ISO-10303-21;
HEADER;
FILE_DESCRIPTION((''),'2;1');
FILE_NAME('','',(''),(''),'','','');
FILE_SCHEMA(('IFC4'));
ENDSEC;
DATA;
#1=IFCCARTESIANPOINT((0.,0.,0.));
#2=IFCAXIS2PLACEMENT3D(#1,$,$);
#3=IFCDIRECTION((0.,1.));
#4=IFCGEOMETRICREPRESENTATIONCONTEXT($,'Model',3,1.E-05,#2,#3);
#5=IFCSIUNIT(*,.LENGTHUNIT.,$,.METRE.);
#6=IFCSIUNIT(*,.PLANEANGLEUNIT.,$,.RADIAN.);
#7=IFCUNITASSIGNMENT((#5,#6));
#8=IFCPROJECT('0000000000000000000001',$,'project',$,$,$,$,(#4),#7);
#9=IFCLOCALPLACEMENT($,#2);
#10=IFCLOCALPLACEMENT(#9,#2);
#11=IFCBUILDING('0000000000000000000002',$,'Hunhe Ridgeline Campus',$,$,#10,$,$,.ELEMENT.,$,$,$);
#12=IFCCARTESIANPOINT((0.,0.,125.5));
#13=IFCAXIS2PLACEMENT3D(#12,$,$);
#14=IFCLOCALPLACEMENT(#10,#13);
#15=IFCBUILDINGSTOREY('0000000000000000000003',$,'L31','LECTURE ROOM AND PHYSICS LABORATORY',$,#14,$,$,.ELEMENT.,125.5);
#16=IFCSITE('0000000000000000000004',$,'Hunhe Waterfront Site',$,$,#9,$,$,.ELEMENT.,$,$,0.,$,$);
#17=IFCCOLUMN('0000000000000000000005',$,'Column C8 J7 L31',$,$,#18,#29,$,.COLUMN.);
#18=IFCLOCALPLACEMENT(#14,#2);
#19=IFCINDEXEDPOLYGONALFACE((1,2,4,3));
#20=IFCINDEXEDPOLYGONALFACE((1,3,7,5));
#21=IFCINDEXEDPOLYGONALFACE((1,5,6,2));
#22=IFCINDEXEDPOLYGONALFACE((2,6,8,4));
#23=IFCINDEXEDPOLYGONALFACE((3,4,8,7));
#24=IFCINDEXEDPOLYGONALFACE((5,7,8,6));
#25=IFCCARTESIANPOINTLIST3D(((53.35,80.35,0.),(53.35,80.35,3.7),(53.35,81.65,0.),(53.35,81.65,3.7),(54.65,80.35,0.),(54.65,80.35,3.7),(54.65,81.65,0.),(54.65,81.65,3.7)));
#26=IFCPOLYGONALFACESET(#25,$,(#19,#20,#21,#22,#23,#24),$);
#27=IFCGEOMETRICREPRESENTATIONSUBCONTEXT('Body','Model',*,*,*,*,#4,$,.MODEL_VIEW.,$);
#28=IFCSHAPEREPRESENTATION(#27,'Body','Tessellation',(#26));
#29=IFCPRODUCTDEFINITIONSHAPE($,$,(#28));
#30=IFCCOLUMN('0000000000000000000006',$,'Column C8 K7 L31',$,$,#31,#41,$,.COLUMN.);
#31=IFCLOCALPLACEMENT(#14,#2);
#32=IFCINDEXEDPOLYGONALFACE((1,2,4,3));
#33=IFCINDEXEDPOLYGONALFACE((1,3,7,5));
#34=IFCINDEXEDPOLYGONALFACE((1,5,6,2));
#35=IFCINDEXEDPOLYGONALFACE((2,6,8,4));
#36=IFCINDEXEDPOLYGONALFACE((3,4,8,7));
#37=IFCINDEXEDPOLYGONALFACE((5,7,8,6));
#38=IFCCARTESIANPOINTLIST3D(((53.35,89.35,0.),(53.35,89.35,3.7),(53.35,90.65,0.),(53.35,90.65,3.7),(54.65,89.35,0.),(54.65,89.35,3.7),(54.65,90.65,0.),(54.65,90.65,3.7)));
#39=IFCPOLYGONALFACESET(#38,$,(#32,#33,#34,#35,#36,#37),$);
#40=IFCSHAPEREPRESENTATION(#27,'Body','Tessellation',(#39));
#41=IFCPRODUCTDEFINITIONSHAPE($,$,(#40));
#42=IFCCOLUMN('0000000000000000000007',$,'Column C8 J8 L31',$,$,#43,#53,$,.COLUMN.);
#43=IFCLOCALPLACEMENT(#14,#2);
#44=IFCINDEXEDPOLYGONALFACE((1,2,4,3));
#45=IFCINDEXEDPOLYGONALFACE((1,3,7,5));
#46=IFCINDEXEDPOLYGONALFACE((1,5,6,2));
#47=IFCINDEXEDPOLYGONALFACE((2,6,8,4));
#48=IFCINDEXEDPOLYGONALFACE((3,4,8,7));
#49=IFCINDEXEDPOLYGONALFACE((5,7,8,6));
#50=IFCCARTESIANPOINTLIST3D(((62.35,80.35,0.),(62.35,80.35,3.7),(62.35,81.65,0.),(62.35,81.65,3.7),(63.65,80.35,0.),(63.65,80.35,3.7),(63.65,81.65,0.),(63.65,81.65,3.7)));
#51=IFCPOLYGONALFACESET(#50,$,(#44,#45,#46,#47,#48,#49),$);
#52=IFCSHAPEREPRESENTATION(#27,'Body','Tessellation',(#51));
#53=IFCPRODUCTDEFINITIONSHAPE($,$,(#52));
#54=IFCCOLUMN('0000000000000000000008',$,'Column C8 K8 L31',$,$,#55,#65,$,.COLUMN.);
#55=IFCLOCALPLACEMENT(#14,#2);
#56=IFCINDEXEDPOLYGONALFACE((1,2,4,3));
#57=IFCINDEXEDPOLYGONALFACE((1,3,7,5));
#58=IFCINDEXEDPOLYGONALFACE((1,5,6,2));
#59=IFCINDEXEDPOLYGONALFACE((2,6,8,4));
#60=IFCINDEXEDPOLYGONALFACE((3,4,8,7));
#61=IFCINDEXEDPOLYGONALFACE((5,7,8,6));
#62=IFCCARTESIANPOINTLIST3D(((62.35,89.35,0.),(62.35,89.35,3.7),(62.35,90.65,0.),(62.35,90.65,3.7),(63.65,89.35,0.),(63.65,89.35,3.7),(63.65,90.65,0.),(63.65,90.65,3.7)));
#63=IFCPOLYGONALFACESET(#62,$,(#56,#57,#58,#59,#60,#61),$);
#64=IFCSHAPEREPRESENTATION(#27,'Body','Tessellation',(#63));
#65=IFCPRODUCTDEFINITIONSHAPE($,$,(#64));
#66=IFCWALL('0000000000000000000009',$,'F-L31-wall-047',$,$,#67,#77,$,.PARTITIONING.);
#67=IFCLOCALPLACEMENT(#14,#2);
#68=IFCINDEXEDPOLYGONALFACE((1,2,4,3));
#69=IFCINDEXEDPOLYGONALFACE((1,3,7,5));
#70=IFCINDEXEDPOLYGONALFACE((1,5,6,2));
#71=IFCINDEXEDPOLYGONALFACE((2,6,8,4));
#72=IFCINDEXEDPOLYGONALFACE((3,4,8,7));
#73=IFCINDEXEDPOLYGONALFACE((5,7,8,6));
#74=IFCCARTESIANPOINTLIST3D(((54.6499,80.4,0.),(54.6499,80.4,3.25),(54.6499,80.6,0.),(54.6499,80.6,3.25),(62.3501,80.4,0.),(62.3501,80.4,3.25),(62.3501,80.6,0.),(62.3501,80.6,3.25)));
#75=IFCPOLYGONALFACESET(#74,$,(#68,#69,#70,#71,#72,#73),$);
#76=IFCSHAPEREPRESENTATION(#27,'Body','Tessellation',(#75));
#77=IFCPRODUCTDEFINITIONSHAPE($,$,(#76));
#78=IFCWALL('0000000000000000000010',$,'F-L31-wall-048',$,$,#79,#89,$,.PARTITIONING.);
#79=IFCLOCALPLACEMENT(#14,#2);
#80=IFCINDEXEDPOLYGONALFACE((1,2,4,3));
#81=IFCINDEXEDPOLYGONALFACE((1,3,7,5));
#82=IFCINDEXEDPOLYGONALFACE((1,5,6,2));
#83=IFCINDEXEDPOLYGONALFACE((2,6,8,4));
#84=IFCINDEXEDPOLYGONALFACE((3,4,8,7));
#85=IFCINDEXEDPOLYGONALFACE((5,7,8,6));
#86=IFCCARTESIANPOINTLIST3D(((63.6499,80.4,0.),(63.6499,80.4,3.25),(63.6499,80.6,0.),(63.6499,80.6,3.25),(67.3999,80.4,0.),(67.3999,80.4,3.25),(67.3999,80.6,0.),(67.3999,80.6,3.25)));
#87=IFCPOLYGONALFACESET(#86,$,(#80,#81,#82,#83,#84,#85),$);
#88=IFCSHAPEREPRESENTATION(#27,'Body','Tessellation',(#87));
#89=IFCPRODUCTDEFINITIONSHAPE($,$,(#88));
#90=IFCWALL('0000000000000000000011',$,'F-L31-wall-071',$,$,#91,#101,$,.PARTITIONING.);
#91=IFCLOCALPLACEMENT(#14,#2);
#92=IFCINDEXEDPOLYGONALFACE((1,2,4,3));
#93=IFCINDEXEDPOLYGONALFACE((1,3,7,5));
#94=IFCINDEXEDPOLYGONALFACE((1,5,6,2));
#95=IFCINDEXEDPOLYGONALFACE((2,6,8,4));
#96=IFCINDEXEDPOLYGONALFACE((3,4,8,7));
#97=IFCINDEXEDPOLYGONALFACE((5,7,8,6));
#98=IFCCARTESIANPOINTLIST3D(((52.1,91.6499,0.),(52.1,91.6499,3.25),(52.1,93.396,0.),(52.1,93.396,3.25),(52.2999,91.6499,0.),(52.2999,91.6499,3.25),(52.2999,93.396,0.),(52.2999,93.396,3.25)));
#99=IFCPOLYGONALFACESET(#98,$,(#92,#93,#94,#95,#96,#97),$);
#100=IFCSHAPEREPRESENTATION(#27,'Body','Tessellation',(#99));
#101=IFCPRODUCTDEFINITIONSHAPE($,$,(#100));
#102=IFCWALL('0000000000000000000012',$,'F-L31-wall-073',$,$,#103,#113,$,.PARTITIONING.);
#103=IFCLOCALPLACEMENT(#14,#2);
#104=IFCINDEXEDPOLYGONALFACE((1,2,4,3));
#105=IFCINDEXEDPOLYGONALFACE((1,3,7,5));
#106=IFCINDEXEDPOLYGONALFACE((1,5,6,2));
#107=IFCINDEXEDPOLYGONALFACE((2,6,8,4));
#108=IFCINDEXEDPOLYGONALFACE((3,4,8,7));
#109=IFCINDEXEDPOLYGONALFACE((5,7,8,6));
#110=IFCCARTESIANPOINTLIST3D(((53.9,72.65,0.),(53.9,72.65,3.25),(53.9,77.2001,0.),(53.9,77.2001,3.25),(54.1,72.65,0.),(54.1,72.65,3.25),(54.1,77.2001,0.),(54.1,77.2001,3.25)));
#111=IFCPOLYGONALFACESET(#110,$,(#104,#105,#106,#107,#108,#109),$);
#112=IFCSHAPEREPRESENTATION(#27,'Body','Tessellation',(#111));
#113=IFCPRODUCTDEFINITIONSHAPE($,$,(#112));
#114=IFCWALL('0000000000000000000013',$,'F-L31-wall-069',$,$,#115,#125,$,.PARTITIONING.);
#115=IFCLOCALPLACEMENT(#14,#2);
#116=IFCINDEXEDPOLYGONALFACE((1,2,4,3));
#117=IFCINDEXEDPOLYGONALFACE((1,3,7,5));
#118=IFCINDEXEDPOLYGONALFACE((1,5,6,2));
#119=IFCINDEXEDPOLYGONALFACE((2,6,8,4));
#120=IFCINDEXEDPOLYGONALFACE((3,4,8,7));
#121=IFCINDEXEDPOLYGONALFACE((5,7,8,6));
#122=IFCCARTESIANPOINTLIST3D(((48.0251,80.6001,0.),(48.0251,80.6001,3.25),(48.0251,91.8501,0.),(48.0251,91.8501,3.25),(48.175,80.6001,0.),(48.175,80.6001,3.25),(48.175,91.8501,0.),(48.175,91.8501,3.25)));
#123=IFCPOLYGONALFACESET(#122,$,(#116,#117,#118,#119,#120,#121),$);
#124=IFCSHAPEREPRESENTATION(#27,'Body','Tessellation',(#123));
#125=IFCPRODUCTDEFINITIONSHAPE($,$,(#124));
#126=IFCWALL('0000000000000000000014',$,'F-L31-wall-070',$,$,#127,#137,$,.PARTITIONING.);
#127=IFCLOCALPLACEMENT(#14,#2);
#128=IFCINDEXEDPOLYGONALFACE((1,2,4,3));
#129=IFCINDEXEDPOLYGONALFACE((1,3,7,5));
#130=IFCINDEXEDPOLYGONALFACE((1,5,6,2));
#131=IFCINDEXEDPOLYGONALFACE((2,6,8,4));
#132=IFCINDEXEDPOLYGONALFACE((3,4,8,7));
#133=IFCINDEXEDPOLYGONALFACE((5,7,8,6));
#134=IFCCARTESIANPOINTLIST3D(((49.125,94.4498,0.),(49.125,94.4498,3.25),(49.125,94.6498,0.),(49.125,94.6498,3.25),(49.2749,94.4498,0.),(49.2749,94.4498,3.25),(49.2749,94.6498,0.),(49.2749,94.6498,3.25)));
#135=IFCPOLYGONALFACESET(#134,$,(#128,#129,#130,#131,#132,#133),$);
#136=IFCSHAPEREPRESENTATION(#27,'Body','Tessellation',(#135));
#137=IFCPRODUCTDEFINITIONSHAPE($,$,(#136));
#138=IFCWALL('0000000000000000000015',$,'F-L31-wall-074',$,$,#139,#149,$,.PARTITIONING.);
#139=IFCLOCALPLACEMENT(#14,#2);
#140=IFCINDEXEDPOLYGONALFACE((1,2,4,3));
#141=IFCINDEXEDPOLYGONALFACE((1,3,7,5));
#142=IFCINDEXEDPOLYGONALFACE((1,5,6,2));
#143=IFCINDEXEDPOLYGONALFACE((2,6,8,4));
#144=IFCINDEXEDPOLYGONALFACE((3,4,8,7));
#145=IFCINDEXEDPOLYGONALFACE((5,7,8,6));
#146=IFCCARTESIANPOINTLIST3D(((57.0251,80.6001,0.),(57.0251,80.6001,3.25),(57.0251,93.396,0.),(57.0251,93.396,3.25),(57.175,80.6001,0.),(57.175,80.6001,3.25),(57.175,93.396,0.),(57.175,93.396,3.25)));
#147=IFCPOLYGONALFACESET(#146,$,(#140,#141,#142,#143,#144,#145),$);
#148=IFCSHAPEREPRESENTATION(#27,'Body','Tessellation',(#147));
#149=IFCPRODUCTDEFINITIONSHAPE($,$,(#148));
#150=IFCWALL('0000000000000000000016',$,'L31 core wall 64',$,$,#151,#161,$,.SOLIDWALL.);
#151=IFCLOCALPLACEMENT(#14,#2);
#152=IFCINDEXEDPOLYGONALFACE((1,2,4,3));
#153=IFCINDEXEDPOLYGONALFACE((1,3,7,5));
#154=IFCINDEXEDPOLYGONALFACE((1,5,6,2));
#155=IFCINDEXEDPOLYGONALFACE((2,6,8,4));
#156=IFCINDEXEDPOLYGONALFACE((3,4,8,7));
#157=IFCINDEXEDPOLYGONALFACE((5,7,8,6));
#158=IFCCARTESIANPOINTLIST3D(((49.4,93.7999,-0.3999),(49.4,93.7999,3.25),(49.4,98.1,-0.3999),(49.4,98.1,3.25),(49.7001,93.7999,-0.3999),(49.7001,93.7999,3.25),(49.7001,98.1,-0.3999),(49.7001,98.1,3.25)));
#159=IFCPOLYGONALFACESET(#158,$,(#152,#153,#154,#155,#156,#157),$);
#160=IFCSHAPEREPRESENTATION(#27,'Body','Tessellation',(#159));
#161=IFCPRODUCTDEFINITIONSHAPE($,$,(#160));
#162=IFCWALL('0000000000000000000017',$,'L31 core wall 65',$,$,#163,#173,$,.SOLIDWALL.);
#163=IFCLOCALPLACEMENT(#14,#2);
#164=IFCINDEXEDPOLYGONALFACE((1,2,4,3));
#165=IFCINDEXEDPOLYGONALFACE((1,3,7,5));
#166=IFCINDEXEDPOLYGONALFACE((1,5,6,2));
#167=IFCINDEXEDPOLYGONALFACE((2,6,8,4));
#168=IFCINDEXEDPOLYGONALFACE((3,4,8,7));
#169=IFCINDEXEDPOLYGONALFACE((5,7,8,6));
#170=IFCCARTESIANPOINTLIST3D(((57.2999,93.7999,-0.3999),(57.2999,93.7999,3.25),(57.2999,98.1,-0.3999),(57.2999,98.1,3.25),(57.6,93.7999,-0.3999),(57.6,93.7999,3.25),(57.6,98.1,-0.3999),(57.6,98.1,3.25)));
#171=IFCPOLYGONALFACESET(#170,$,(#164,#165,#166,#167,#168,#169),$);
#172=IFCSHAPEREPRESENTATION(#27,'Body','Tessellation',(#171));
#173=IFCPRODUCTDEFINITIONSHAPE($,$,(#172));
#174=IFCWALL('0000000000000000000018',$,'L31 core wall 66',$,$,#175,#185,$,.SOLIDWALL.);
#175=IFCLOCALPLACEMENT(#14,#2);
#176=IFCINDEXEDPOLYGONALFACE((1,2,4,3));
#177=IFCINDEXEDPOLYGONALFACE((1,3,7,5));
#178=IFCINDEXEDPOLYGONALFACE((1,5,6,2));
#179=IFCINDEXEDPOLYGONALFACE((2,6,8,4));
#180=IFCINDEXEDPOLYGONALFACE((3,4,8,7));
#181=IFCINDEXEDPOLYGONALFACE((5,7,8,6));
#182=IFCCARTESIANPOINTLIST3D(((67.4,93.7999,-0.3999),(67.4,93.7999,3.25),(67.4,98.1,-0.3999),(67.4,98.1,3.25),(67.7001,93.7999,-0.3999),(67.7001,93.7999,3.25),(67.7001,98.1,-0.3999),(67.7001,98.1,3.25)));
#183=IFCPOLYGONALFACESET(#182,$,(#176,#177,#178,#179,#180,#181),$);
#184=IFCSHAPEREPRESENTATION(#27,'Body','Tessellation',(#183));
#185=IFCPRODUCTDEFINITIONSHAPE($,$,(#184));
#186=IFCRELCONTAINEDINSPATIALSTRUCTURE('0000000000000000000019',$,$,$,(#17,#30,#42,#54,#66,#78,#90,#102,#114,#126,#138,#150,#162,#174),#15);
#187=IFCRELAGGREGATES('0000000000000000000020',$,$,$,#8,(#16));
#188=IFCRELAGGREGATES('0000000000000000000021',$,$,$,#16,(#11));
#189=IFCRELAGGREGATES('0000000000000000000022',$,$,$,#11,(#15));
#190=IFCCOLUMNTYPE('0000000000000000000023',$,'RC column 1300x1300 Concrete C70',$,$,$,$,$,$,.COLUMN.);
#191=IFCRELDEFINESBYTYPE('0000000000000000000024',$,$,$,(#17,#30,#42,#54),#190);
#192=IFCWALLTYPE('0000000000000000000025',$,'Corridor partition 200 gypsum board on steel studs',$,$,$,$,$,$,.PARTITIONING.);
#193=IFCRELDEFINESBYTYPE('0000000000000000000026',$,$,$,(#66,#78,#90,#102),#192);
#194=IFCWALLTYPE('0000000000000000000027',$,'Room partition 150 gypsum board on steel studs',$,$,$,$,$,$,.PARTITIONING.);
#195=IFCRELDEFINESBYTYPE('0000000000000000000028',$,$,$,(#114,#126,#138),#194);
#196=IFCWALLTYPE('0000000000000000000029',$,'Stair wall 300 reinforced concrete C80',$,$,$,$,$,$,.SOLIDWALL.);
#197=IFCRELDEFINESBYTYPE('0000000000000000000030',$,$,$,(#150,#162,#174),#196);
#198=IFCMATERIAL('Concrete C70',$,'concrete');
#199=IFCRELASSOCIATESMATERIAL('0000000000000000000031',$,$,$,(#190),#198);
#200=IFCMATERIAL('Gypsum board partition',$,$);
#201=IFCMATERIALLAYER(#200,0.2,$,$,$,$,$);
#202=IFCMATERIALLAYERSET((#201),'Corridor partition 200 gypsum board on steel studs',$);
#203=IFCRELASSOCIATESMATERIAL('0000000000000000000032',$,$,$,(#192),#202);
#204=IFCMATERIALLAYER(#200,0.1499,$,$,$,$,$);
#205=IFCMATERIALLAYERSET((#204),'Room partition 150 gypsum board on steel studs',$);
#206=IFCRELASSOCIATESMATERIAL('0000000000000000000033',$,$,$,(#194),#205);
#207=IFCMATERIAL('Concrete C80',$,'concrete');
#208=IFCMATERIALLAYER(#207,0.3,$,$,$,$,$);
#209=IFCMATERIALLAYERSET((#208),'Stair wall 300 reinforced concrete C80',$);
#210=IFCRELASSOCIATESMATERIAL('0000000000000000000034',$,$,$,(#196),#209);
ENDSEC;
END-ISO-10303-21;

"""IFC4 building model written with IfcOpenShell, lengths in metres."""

from ifc_helpers import new_model, si_unit, direction, frame, frame_2d, origin, origin_2d, place, context, subcontext, project, spatial, rectangle, extrude, material, layer, layer_set, material_profile, profile_set, type_object, element, save


model = new_model("IFC4")

# Units and contexts
model_context = context("Model", 3, precision=1e-05, world=origin(), true_north=direction((0.0, 1.0)))
body_context = subcontext(model_context, "Body", "Model", "MODEL_VIEW")
ifc_project = project(units=[si_unit("LENGTHUNIT", "METRE"), si_unit("PLANEANGLEUNIT", "RADIAN")], contexts=[model_context])

# Site, building, storey
site_placement = place(None, origin())
site = spatial("IfcSite", under=ifc_project, at=site_placement, Name="Hunhe Waterfront Site", CompositionType="ELEMENT", RefElevation=0.0)
building_placement = place(site_placement, origin())
building = spatial("IfcBuilding", under=site, at=building_placement, Name="Hunhe Ridgeline Campus", CompositionType="ELEMENT")
storey_placement = place(building_placement, frame((0.0, 0.0, 125.5)))
storey = spatial("IfcBuildingStorey", under=building, at=storey_placement, Name="L31", Description="LECTURE ROOM AND PHYSICS LABORATORY", CompositionType="ELEMENT", Elevation=125.5)

# Columns
ifc_material_1 = material(Name="Concrete C70", Category="concrete")
ifc_material_profile = material_profile(ifc_material_1, rectangle(XDim=1.3, YDim=1.3, at=origin_2d()))
ifc_profile_set = profile_set([ifc_material_profile], Name="Concrete C70")
column_type = type_object("IfcColumnType", Name="RC column 1300x1300 Concrete C70", PredefinedType="COLUMN", material=ifc_profile_set)
for number, where, z_axis, x_axis, name in (
    (1, (54.0, 81.0, 0.0), (0.0, 0.0, 1.0), (1.0, 0.0, 0.0), "Column C8 J7 L31"),
    (2, (54.0, 90.0, 0.0), (0.0, 0.0, 1.0), (1.0, 0.0, 0.0), "Column C8 K7 L31"),
    (3, (63.0, 81.0, 0.0), (0.0, 0.0, 1.0), (1.0, 0.0, 0.0), "Column C8 J8 L31"),
    (4, (63.0, 90.0, 0.0), (0.0, 0.0, 1.0), (1.0, 0.0, 0.0), "Column C8 K8 L31"),
):
    element("IfcColumn", number, at=place(storey_placement, frame(where, z_axis=z_axis, x_axis=x_axis)), inside=storey, type_object=column_type, Name=name, PredefinedType="COLUMN", context=body_context, shape_type="SweptSolid", body=[
        extrude(rectangle(XDim=1.3, YDim=1.3, at=origin_2d()), origin(), (0.0, 0.0, 1.0), 3.7),
    ])

# Shared definitions
ifc_material_2 = material(Name="Gypsum board partition")
ifc_layer_1 = layer(ifc_material_2, 0.2)
ifc_layer_set_1 = layer_set([ifc_layer_1], Name="Corridor partition 200 gypsum board on steel studs")
wall_type_1 = type_object("IfcWallType", Name="Corridor partition 200 gypsum board on steel studs", PredefinedType="PARTITIONING", material=ifc_layer_set_1)

# Walls
wall_1_placement = place(storey_placement, frame((54.6499, 80.5, 0.0), z_axis=(0.0, 0.0, 1.0), x_axis=(1.0, 0.0, 0.0)))
element("IfcWall", 5, at=wall_1_placement, inside=storey, type_object=wall_type_1, Name="F-L31-wall-047", PredefinedType="PARTITIONING", context=body_context, shape_type="SweptSolid", body=[
    extrude(rectangle(XDim=7.7002, YDim=0.2, at=frame_2d((3.8501, 0.0))), origin(), (0.0, 0.0, 1.0), 3.25),
])
wall_2_placement = place(storey_placement, frame((63.6499, 80.5, 0.0), z_axis=(0.0, 0.0, 1.0), x_axis=(1.0, 0.0, 0.0)))
element("IfcWall", 6, at=wall_2_placement, inside=storey, type_object=wall_type_1, Name="F-L31-wall-048", PredefinedType="PARTITIONING", context=body_context, shape_type="SweptSolid", body=[
    extrude(rectangle(XDim=3.75, YDim=0.2, at=frame_2d((1.875, 0.0))), origin(), (0.0, 0.0, 1.0), 3.25),
])

# Walls
wall_3_placement = place(storey_placement, frame((52.2, 93.396, 0.0), z_axis=(0.0, 0.0, 1.0), x_axis=(0.0, -1.0, 0.0)))
element("IfcWall", 7, at=wall_3_placement, inside=storey, type_object=wall_type_1, Name="F-L31-wall-071", PredefinedType="PARTITIONING", context=body_context, shape_type="SweptSolid", body=[
    extrude(rectangle(XDim=1.7461, YDim=0.2, at=frame_2d((0.873, 0.0))), origin(), (0.0, 0.0, 1.0), 3.25),
])
wall_4_placement = place(storey_placement, frame((54.0, 77.2, 0.0), z_axis=(0.0, 0.0, 1.0), x_axis=(0.0, -1.0, 0.0)))
element("IfcWall", 8, at=wall_4_placement, inside=storey, type_object=wall_type_1, Name="F-L31-wall-073", PredefinedType="PARTITIONING", context=body_context, shape_type="SweptSolid", body=[
    extrude(rectangle(XDim=4.55, YDim=0.2, at=frame_2d((2.2749, 0.0))), origin(), (0.0, 0.0, 1.0), 3.25),
])

# Walls
ifc_layer_2 = layer(ifc_material_2, 0.1499)
ifc_layer_set_2 = layer_set([ifc_layer_2], Name="Room partition 150 gypsum board on steel studs")
wall_type_2 = type_object("IfcWallType", Name="Room partition 150 gypsum board on steel studs", PredefinedType="PARTITIONING", material=ifc_layer_set_2)
wall_5_placement = place(storey_placement, frame((48.1001, 91.8501, 0.0), z_axis=(0.0, 0.0, 1.0), x_axis=(0.0, -1.0, 0.0)))
element("IfcWall", 9, at=wall_5_placement, inside=storey, type_object=wall_type_2, Name="F-L31-wall-069", PredefinedType="PARTITIONING", context=body_context, shape_type="SweptSolid", body=[
    extrude(rectangle(XDim=11.25, YDim=0.1499, at=frame_2d((5.625, 0.0))), origin(), (0.0, 0.0, 1.0), 3.25),
])
wall_6_placement = place(storey_placement, frame((49.2, 94.6499, 0.0), z_axis=(0.0, 0.0, 1.0), x_axis=(0.0, -1.0, 0.0)))
element("IfcWall", 10, at=wall_6_placement, inside=storey, type_object=wall_type_2, Name="F-L31-wall-070", PredefinedType="PARTITIONING", context=body_context, shape_type="SweptSolid", body=[
    extrude(rectangle(XDim=0.2, YDim=0.1499, at=frame_2d((0.1001, 0.0))), origin(), (0.0, 0.0, 1.0), 3.25),
])
wall_7_placement = place(storey_placement, frame((57.1001, 93.396, 0.0), z_axis=(0.0, 0.0, 1.0), x_axis=(0.0, -1.0, 0.0)))
element("IfcWall", 11, at=wall_7_placement, inside=storey, type_object=wall_type_2, Name="F-L31-wall-074", PredefinedType="PARTITIONING", context=body_context, shape_type="SweptSolid", body=[
    extrude(rectangle(XDim=12.7959, YDim=0.1499, at=frame_2d((6.3979, 0.0))), origin(), (0.0, 0.0, 1.0), 3.25),
])

# Shared definitions
ifc_material_3 = material(Name="Concrete C80", Category="concrete")
ifc_layer_3 = layer(ifc_material_3, 0.3)
ifc_layer_set_3 = layer_set([ifc_layer_3], Name="Stair wall 300 reinforced concrete C80")
wall_type_3 = type_object("IfcWallType", Name="Stair wall 300 reinforced concrete C80", PredefinedType="SOLIDWALL", material=ifc_layer_set_3)

# Walls
for number, where, z_axis, x_axis, name in (
    (12, (49.55, 93.8, -0.3999), (0.0, 0.0, 1.0), (0.0, 1.0, 0.0), "L31 core wall 64"),
    (13, (57.45, 93.8, -0.3999), (0.0, 0.0, 1.0), (0.0, 1.0, 0.0), "L31 core wall 65"),
    (14, (67.55, 93.8, -0.3999), (0.0, 0.0, 1.0), (0.0, 1.0, 0.0), "L31 core wall 66"),
):
    element("IfcWall", number, at=place(storey_placement, frame(where, z_axis=z_axis, x_axis=x_axis)), inside=storey, type_object=wall_type_3, Name=name, PredefinedType="SOLIDWALL", context=body_context, shape_type="SweptSolid", body=[
        extrude(rectangle(XDim=4.3, YDim=0.3, at=frame_2d((2.1499, 0.0))), origin(), (0.0, 0.0, 1.0), 3.6499),
    ])

save(model, "model.ifc")
